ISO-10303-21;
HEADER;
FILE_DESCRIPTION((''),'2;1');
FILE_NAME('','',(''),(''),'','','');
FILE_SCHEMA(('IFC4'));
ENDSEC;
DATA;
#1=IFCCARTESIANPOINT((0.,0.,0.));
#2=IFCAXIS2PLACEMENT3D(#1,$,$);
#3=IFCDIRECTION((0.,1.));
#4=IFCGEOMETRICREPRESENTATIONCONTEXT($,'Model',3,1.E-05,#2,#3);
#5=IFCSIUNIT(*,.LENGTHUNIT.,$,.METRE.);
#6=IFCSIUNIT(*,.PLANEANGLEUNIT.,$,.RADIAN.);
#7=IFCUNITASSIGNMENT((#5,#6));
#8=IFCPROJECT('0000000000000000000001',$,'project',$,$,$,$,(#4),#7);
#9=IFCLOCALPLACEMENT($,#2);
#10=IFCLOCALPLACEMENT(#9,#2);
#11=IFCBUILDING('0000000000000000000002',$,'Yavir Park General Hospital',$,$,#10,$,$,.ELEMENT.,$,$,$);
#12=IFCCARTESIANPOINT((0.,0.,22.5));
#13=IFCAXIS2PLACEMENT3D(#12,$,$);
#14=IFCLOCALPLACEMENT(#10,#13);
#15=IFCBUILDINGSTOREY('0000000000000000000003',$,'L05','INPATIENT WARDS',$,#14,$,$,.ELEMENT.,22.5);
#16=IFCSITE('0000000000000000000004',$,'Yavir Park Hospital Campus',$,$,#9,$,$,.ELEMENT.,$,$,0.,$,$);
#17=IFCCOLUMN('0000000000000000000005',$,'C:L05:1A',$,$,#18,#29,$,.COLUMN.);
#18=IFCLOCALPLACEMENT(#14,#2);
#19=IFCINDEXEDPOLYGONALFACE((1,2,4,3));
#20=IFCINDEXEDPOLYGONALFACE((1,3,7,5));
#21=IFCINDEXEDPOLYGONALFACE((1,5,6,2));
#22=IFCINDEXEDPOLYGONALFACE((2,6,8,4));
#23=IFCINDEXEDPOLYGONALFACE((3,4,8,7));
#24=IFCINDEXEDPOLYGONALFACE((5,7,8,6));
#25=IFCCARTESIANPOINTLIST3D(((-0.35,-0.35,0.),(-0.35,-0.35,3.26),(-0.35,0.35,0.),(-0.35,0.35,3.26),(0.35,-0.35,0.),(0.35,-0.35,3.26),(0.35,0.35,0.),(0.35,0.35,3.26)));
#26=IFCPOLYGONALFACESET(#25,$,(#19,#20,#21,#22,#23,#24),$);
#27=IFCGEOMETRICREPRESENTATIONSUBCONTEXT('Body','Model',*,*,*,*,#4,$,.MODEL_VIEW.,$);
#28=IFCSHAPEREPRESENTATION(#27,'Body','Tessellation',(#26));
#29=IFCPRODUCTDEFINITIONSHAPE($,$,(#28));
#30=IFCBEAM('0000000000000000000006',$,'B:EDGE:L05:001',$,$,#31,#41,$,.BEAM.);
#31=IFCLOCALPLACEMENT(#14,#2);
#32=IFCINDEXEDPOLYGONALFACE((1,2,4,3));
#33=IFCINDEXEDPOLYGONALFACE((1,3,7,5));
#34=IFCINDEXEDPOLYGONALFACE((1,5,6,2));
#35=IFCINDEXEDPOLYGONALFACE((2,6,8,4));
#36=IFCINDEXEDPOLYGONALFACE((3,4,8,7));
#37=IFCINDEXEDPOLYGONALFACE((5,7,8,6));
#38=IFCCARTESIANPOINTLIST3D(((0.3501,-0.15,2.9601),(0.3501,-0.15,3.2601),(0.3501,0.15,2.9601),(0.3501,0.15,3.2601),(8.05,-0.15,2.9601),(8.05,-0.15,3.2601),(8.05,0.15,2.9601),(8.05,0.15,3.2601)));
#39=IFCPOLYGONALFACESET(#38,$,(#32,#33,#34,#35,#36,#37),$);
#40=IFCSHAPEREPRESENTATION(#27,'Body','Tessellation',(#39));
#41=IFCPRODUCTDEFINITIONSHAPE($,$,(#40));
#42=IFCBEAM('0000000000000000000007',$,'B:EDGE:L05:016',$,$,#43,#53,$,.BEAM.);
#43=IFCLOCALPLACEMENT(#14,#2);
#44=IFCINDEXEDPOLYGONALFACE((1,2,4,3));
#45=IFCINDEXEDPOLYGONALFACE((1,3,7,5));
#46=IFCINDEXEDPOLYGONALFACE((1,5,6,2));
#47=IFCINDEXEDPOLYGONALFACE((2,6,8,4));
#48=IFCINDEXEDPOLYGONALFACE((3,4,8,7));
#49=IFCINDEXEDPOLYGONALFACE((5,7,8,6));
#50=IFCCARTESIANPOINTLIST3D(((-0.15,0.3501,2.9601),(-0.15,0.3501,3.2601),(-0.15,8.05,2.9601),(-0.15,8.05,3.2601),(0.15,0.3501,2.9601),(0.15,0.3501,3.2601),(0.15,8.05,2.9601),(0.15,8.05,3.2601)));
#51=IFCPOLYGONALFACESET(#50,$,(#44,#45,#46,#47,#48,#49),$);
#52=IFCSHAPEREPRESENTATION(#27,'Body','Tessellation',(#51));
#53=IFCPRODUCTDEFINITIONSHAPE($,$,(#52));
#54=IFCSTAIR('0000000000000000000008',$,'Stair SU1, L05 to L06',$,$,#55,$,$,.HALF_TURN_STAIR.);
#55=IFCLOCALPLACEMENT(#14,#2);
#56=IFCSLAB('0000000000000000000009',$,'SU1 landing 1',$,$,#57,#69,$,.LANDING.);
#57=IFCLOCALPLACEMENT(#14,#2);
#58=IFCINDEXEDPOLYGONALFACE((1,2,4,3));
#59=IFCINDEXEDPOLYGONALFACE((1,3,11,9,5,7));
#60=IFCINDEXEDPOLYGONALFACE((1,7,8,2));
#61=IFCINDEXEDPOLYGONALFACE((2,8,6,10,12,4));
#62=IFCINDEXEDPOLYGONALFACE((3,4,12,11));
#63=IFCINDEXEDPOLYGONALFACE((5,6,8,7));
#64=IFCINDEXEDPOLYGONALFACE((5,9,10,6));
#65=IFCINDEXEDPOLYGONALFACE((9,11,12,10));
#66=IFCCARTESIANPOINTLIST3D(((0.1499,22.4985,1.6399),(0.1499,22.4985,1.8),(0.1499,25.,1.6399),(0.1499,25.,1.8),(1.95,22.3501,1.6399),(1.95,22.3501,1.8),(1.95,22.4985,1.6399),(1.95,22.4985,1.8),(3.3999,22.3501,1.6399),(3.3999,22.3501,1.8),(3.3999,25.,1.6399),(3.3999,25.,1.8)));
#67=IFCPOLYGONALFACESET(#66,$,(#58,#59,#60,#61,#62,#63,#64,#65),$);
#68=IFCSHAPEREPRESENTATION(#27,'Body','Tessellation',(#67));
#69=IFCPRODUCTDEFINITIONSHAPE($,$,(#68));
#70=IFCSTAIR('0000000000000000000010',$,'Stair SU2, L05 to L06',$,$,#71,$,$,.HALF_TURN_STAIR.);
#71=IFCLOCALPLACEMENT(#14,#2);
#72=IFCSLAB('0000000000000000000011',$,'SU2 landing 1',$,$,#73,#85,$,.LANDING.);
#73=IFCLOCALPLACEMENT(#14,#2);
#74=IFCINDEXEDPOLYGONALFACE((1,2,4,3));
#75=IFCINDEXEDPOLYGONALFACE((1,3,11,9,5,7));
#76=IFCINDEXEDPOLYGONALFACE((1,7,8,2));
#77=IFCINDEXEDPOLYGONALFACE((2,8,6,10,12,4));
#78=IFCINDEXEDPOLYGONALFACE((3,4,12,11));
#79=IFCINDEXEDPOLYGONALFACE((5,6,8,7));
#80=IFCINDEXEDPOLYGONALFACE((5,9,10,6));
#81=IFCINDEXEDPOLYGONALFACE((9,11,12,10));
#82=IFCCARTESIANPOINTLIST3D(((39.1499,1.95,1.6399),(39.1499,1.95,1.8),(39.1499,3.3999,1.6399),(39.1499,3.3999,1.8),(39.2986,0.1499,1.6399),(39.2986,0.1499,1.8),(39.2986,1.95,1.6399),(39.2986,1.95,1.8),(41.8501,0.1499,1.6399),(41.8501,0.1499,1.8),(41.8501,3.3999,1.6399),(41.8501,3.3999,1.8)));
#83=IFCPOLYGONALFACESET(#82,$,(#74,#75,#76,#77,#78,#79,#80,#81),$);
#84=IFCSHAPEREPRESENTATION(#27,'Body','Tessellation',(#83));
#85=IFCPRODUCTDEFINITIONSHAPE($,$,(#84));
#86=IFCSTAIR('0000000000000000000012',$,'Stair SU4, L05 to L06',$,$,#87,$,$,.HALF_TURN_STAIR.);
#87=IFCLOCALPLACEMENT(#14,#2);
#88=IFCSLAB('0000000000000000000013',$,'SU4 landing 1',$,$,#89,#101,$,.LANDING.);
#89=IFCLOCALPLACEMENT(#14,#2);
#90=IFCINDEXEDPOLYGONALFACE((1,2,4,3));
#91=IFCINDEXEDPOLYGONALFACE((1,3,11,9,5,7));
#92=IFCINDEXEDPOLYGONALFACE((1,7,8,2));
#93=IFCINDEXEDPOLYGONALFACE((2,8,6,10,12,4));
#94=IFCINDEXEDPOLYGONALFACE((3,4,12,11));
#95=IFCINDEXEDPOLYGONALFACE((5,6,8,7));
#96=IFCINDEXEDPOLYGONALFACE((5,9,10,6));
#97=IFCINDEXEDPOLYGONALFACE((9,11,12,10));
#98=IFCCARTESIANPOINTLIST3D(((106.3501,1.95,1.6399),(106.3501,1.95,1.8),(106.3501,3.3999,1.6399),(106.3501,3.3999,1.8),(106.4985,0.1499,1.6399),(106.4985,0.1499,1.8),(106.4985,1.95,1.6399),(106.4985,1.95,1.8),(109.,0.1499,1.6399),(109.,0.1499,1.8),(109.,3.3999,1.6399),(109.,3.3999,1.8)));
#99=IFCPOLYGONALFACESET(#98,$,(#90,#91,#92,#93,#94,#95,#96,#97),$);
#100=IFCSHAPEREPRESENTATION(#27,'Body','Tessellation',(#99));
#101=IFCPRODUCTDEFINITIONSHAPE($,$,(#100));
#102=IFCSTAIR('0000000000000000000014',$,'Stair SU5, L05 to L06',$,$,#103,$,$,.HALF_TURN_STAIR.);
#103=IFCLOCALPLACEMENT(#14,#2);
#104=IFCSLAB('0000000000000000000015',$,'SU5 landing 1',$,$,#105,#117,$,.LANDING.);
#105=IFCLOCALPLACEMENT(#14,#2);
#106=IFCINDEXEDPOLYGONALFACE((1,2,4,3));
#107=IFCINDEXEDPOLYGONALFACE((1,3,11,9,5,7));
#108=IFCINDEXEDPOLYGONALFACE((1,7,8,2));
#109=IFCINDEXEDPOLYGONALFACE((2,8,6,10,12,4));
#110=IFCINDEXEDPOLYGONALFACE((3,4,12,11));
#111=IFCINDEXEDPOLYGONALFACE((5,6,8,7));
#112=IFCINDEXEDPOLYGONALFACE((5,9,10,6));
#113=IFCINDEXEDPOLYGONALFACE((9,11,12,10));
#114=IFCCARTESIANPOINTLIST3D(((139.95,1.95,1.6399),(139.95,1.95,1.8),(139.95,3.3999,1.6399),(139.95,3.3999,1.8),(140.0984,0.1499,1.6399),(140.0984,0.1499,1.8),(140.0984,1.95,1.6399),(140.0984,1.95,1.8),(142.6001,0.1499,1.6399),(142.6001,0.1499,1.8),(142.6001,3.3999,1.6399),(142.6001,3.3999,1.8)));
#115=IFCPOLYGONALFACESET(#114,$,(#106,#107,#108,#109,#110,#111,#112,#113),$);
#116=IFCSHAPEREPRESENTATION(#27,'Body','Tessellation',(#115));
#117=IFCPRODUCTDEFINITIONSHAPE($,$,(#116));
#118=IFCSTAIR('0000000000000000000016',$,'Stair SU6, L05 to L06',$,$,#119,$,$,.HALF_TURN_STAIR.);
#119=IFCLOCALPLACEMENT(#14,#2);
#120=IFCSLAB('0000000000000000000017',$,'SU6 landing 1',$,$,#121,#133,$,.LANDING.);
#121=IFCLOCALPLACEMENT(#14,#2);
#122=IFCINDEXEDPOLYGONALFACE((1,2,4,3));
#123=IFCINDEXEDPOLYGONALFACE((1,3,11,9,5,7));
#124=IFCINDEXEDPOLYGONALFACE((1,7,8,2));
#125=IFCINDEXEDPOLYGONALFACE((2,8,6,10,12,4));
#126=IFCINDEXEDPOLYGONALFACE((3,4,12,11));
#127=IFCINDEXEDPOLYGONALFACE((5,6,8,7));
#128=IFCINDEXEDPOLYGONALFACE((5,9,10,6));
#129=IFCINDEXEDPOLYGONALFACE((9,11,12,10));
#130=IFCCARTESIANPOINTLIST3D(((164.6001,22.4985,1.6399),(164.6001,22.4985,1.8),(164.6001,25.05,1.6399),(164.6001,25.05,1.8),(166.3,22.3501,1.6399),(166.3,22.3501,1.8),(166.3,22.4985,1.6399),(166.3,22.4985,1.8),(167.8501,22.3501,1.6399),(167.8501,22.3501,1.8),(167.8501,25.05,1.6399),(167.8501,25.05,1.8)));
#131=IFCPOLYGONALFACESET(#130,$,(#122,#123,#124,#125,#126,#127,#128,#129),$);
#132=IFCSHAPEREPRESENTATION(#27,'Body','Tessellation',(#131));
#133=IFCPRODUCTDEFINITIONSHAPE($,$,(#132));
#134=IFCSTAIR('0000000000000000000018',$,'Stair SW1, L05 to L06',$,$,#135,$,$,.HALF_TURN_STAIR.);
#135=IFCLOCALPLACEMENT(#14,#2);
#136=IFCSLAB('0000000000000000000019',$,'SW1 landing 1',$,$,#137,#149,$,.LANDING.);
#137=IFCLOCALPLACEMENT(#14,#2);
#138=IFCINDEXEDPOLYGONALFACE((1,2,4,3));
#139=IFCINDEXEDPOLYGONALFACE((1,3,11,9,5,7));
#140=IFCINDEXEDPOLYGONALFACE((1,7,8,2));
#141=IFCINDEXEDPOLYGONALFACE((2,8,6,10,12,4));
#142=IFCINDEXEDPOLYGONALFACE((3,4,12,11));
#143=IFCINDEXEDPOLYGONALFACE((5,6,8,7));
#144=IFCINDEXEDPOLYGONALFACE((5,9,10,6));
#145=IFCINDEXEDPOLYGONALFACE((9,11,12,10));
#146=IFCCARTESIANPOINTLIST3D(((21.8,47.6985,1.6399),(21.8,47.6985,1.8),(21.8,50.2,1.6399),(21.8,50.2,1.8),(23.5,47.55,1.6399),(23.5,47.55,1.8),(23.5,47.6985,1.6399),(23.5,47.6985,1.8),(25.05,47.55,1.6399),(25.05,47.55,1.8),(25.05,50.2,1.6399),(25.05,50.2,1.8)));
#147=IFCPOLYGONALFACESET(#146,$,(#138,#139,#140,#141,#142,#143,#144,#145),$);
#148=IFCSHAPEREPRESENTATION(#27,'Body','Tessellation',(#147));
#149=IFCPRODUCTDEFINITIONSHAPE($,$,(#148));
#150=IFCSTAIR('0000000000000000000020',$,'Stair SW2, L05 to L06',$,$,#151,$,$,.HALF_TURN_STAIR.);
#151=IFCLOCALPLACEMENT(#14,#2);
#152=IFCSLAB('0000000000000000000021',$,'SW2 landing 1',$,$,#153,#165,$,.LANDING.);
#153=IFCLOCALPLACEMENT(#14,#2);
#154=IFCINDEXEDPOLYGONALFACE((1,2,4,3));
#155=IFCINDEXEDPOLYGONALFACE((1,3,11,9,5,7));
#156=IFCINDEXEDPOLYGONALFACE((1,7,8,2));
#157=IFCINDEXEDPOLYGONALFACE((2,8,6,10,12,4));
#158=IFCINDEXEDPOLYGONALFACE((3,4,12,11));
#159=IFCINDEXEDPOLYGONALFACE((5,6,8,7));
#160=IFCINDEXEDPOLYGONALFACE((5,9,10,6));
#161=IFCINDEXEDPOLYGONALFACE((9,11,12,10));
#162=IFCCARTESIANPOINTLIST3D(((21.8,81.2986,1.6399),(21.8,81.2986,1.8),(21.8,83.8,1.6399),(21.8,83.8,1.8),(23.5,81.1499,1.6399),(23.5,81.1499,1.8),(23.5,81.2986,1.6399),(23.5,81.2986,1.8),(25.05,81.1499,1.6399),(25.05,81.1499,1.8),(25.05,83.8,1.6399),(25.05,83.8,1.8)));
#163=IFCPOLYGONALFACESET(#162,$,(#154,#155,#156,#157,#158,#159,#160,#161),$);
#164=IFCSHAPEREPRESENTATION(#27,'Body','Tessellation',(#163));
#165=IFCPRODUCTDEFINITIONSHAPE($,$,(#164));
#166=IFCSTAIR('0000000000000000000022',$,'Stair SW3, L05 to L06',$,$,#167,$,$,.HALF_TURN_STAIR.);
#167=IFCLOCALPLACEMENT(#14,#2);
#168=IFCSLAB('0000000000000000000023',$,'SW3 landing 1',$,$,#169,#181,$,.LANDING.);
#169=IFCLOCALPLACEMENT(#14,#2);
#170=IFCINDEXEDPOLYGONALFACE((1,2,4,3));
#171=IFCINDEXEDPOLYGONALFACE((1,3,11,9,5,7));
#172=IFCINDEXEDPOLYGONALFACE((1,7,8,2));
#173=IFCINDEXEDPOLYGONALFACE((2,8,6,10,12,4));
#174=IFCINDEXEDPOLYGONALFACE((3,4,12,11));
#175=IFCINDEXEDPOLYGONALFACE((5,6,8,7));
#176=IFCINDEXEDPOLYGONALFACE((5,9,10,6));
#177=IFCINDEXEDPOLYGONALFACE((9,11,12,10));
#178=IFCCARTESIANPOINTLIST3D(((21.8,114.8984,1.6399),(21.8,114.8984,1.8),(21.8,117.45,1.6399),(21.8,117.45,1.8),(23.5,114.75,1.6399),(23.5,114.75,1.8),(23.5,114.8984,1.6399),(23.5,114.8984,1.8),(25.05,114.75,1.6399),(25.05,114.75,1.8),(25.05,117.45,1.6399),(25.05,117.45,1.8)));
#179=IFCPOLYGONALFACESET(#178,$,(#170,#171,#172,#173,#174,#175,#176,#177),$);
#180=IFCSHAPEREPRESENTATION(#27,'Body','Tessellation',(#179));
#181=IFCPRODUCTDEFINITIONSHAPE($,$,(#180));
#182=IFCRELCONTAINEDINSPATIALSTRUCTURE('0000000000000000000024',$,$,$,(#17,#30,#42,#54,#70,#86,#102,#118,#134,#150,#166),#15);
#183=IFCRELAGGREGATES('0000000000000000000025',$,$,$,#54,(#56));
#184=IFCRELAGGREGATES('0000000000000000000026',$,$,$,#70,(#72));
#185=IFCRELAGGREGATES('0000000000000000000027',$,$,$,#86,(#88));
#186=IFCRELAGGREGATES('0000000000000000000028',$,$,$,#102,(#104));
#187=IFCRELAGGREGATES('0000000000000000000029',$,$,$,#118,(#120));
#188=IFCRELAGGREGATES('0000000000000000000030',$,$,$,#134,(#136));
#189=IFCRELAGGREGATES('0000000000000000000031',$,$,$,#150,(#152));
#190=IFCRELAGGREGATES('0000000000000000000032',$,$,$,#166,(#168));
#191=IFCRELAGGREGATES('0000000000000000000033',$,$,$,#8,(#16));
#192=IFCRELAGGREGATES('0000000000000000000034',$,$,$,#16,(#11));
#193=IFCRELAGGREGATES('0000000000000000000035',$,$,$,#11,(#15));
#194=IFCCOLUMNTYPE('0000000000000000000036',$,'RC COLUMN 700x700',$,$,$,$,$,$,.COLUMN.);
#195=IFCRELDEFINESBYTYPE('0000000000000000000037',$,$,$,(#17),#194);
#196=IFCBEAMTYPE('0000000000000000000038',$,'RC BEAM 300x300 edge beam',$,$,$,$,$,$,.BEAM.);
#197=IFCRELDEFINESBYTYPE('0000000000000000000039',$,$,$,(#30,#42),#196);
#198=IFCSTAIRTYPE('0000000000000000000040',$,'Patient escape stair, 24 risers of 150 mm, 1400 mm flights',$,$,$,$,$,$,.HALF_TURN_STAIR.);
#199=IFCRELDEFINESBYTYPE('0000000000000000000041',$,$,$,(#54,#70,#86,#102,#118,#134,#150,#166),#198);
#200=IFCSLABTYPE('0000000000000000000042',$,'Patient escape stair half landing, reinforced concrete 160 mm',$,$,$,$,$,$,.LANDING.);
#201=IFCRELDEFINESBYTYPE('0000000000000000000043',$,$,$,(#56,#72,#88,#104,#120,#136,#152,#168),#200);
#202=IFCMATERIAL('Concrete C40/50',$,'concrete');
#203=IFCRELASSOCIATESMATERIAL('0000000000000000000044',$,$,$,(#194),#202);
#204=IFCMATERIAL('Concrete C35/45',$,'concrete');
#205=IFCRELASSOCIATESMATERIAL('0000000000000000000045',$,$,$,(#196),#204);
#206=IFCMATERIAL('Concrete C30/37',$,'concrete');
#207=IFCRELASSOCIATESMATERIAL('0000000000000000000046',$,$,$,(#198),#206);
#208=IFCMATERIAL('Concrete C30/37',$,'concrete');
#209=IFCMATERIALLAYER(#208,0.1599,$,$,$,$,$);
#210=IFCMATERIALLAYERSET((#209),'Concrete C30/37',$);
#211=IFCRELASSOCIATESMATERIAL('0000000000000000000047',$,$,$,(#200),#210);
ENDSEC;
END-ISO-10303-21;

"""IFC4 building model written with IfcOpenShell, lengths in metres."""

from ifc_helpers import new_model, si_unit, direction, frame, origin, origin_with_axes, origin_2d, place, context, subcontext, project, spatial, polyline, rectangle, outline, extrude, material, layer, layer_set, material_profile, profile_set, type_object, element, aggregate, save


model = new_model("IFC4")

# Units and contexts
model_context = context("Model", 3, precision=1e-05, world=origin(), true_north=direction((0.0, 1.0)))
body_context = subcontext(model_context, "Body", "Model", "MODEL_VIEW")
ifc_project = project(units=[si_unit("LENGTHUNIT", "METRE"), si_unit("PLANEANGLEUNIT", "RADIAN")], contexts=[model_context])

# Site, building, storey
site_placement = place(None, origin())
site = spatial("IfcSite", under=ifc_project, at=site_placement, Name="Yavir Park Hospital Campus", CompositionType="ELEMENT", RefElevation=0.0)
building_placement = place(site_placement, origin())
building = spatial("IfcBuilding", under=site, at=building_placement, Name="Yavir Park General Hospital", CompositionType="ELEMENT")
storey_placement = place(building_placement, frame((0.0, 0.0, 22.5)))
storey = spatial("IfcBuildingStorey", under=building, at=storey_placement, Name="L05", Description="INPATIENT WARDS", CompositionType="ELEMENT", Elevation=22.5)

# Column
ifc_material_1 = material(Name="Concrete C40/50", Category="concrete")
ifc_material_profile_1 = material_profile(ifc_material_1, rectangle(XDim=0.7, YDim=0.7, at=origin_2d()), Name="RC700x700")
ifc_profile_set_1 = profile_set([ifc_material_profile_1], Name="Concrete C40/50")
column_type = type_object("IfcColumnType", Name="RC COLUMN 700x700", PredefinedType="COLUMN", material=ifc_profile_set_1)
column_placement = place(storey_placement, origin_with_axes())
element("IfcColumn", 1, at=column_placement, inside=storey, type_object=column_type, Name="C:L05:1A", PredefinedType="COLUMN", context=body_context, shape_type="SweptSolid", body=[
    extrude(rectangle(XDim=0.7, YDim=0.7, at=origin_2d()), origin(), (0.0, 0.0, 1.0), 3.26),
])

# Beams
ifc_material_2 = material(Name="Concrete C35/45", Category="concrete")
ifc_material_profile_2 = material_profile(ifc_material_2, rectangle(XDim=0.3, YDim=0.3, at=origin_2d()), Name="RC300x300")
ifc_profile_set_2 = profile_set([ifc_material_profile_2], Name="Concrete C35/45")
beam_type = type_object("IfcBeamType", Name="RC BEAM 300x300 edge beam", PredefinedType="BEAM", material=ifc_profile_set_2)
for number, where, z_axis, x_axis, name in (
    (2, (0.3501, 0.0, 3.1101), (1.0, 0.0, 0.0), (0.0, 1.0, 0.0), "B:EDGE:L05:001"),
    (3, (0.0, 0.3501, 3.1101), (0.0, 1.0, 0.0), (-1.0, 0.0, 0.0), "B:EDGE:L05:016"),
):
    element("IfcBeam", number, at=place(storey_placement, frame(where, z_axis=z_axis, x_axis=x_axis)), inside=storey, type_object=beam_type, Name=name, PredefinedType="BEAM", context=body_context, shape_type="SweptSolid", body=[
        extrude(rectangle(XDim=0.3, YDim=0.3, at=origin_2d()), origin(), (0.0, 0.0, 1.0), 7.7),
    ])

# Stairs, slabs
ifc_material_3 = material(Name="Concrete C30/37", Category="concrete")
stair_type = type_object("IfcStairType", Name="Patient escape stair, 24 risers of 150 mm, 1400 mm flights", PredefinedType="HALF_TURN_STAIR", material=ifc_material_3)
stair_1_placement = place(storey_placement, origin())
stair_1 = element("IfcStair", 4, at=stair_1_placement, inside=storey, type_object=stair_type, Name="Stair SU1, L05 to L06", PredefinedType="HALF_TURN_STAIR")
ifc_material_4 = material(Name="Concrete C30/37", Category="concrete")
ifc_layer_1 = layer(ifc_material_4, 0.1599)
ifc_layer_set_1 = layer_set([ifc_layer_1], Name="Concrete C30/37")
slab_type_1 = type_object("IfcSlabType", Name="Patient escape stair half landing, reinforced concrete 160 mm", PredefinedType="LANDING", material=ifc_layer_set_1)
slab_1_placement = place(storey_placement, frame((0.0, 0.0, 1.6399)))
slab_1 = element("IfcSlab", 5, at=slab_1_placement, type_object=slab_type_1, Name="SU1 landing 1", PredefinedType="LANDING", context=body_context, shape_type="SweptSolid", body=[
    extrude(outline(polyline([(0.1499, 22.4985), (0.1499, 25.0), (3.3999, 25.0), (3.3999, 22.3501), (1.95, 22.3501), (1.95, 22.4985), (0.1499, 22.4985)])), origin(), (0.0, 0.0, 1.0), 0.1602),
])
aggregate(stair_1, [slab_1])
stair_2_placement = place(storey_placement, origin())
stair_2 = element("IfcStair", 6, at=stair_2_placement, inside=storey, type_object=stair_type, Name="Stair SU2, L05 to L06", PredefinedType="HALF_TURN_STAIR")
slab_2_placement = place(storey_placement, frame((0.0, 0.0, 1.6399)))
slab_2 = element("IfcSlab", 7, at=slab_2_placement, type_object=slab_type_1, Name="SU2 landing 1", PredefinedType="LANDING", context=body_context, shape_type="SweptSolid", body=[
    extrude(outline(polyline([(39.2986, 0.1499), (41.8501, 0.1499), (41.8501, 3.3999), (39.1499, 3.3999), (39.1499, 1.95), (39.2986, 1.95), (39.2986, 0.1499)])), origin(), (0.0, 0.0, 1.0), 0.1602),
])
aggregate(stair_2, [slab_2])
stair_3_placement = place(storey_placement, origin())
stair_3 = element("IfcStair", 8, at=stair_3_placement, inside=storey, type_object=stair_type, Name="Stair SU4, L05 to L06", PredefinedType="HALF_TURN_STAIR")
slab_3_placement = place(storey_placement, frame((0.0, 0.0, 1.6399)))
slab_3 = element("IfcSlab", 9, at=slab_3_placement, type_object=slab_type_1, Name="SU4 landing 1", PredefinedType="LANDING", context=body_context, shape_type="SweptSolid", body=[
    extrude(outline(polyline([(106.4985, 0.1499), (109.0, 0.1499), (109.0, 3.3999), (106.3501, 3.3999), (106.3501, 1.95), (106.4985, 1.95), (106.4985, 0.1499)])), origin(), (0.0, 0.0, 1.0), 0.1602),
])
aggregate(stair_3, [slab_3])
stair_4_placement = place(storey_placement, origin())
stair_4 = element("IfcStair", 10, at=stair_4_placement, inside=storey, type_object=stair_type, Name="Stair SU5, L05 to L06", PredefinedType="HALF_TURN_STAIR")
slab_4_placement = place(storey_placement, frame((0.0, 0.0, 1.6399)))
slab_4 = element("IfcSlab", 11, at=slab_4_placement, type_object=slab_type_1, Name="SU5 landing 1", PredefinedType="LANDING", context=body_context, shape_type="SweptSolid", body=[
    extrude(outline(polyline([(140.0984, 0.1499), (142.6001, 0.1499), (142.6001, 3.3999), (139.95, 3.3999), (139.95, 1.95), (140.0984, 1.95), (140.0984, 0.1499)])), origin(), (0.0, 0.0, 1.0), 0.1602),
])
aggregate(stair_4, [slab_4])
stair_5_placement = place(storey_placement, origin())
stair_5 = element("IfcStair", 12, at=stair_5_placement, inside=storey, type_object=stair_type, Name="Stair SU6, L05 to L06", PredefinedType="HALF_TURN_STAIR")
slab_5_placement = place(storey_placement, frame((0.0, 0.0, 1.6399)))
slab_5 = element("IfcSlab", 13, at=slab_5_placement, type_object=slab_type_1, Name="SU6 landing 1", PredefinedType="LANDING", context=body_context, shape_type="SweptSolid", body=[
    extrude(outline(polyline([(164.6001, 22.4985), (164.6001, 25.05), (167.8501, 25.05), (167.8501, 22.3501), (166.3, 22.3501), (166.3, 22.4985), (164.6001, 22.4985)])), origin(), (0.0, 0.0, 1.0), 0.1602),
])
aggregate(stair_5, [slab_5])
stair_6_placement = place(storey_placement, origin())
stair_6 = element("IfcStair", 14, at=stair_6_placement, inside=storey, type_object=stair_type, Name="Stair SW1, L05 to L06", PredefinedType="HALF_TURN_STAIR")
slab_6_placement = place(storey_placement, frame((0.0, 0.0, 1.6399)))
slab_6 = element("IfcSlab", 15, at=slab_6_placement, type_object=slab_type_1, Name="SW1 landing 1", PredefinedType="LANDING", context=body_context, shape_type="SweptSolid", body=[
    extrude(outline(polyline([(21.8, 47.6985), (21.8, 50.2), (25.05, 50.2), (25.05, 47.55), (23.5, 47.55), (23.5, 47.6985), (21.8, 47.6985)])), origin(), (0.0, 0.0, 1.0), 0.1602),
])
aggregate(stair_6, [slab_6])
stair_7_placement = place(storey_placement, origin())
stair_7 = element("IfcStair", 16, at=stair_7_placement, inside=storey, type_object=stair_type, Name="Stair SW2, L05 to L06", PredefinedType="HALF_TURN_STAIR")
slab_7_placement = place(storey_placement, frame((0.0, 0.0, 1.6399)))
slab_7 = element("IfcSlab", 17, at=slab_7_placement, type_object=slab_type_1, Name="SW2 landing 1", PredefinedType="LANDING", context=body_context, shape_type="SweptSolid", body=[
    extrude(outline(polyline([(21.8, 81.2986), (21.8, 83.8), (25.05, 83.8), (25.05, 81.1499), (23.5, 81.1499), (23.5, 81.2986), (21.8, 81.2986)])), origin(), (0.0, 0.0, 1.0), 0.1602),
])
aggregate(stair_7, [slab_7])
stair_8_placement = place(storey_placement, origin())
stair_8 = element("IfcStair", 18, at=stair_8_placement, inside=storey, type_object=stair_type, Name="Stair SW3, L05 to L06", PredefinedType="HALF_TURN_STAIR")
slab_8_placement = place(storey_placement, frame((0.0, 0.0, 1.6399)))
slab_8 = element("IfcSlab", 19, at=slab_8_placement, type_object=slab_type_1, Name="SW3 landing 1", PredefinedType="LANDING", context=body_context, shape_type="SweptSolid", body=[
    extrude(outline(polyline([(21.8, 114.8984), (21.8, 117.45), (25.05, 117.45), (25.05, 114.75), (23.5, 114.75), (23.5, 114.8984), (21.8, 114.8984)])), origin(), (0.0, 0.0, 1.0), 0.1602),
])
aggregate(stair_8, [slab_8])

save(model, "model.ifc")
